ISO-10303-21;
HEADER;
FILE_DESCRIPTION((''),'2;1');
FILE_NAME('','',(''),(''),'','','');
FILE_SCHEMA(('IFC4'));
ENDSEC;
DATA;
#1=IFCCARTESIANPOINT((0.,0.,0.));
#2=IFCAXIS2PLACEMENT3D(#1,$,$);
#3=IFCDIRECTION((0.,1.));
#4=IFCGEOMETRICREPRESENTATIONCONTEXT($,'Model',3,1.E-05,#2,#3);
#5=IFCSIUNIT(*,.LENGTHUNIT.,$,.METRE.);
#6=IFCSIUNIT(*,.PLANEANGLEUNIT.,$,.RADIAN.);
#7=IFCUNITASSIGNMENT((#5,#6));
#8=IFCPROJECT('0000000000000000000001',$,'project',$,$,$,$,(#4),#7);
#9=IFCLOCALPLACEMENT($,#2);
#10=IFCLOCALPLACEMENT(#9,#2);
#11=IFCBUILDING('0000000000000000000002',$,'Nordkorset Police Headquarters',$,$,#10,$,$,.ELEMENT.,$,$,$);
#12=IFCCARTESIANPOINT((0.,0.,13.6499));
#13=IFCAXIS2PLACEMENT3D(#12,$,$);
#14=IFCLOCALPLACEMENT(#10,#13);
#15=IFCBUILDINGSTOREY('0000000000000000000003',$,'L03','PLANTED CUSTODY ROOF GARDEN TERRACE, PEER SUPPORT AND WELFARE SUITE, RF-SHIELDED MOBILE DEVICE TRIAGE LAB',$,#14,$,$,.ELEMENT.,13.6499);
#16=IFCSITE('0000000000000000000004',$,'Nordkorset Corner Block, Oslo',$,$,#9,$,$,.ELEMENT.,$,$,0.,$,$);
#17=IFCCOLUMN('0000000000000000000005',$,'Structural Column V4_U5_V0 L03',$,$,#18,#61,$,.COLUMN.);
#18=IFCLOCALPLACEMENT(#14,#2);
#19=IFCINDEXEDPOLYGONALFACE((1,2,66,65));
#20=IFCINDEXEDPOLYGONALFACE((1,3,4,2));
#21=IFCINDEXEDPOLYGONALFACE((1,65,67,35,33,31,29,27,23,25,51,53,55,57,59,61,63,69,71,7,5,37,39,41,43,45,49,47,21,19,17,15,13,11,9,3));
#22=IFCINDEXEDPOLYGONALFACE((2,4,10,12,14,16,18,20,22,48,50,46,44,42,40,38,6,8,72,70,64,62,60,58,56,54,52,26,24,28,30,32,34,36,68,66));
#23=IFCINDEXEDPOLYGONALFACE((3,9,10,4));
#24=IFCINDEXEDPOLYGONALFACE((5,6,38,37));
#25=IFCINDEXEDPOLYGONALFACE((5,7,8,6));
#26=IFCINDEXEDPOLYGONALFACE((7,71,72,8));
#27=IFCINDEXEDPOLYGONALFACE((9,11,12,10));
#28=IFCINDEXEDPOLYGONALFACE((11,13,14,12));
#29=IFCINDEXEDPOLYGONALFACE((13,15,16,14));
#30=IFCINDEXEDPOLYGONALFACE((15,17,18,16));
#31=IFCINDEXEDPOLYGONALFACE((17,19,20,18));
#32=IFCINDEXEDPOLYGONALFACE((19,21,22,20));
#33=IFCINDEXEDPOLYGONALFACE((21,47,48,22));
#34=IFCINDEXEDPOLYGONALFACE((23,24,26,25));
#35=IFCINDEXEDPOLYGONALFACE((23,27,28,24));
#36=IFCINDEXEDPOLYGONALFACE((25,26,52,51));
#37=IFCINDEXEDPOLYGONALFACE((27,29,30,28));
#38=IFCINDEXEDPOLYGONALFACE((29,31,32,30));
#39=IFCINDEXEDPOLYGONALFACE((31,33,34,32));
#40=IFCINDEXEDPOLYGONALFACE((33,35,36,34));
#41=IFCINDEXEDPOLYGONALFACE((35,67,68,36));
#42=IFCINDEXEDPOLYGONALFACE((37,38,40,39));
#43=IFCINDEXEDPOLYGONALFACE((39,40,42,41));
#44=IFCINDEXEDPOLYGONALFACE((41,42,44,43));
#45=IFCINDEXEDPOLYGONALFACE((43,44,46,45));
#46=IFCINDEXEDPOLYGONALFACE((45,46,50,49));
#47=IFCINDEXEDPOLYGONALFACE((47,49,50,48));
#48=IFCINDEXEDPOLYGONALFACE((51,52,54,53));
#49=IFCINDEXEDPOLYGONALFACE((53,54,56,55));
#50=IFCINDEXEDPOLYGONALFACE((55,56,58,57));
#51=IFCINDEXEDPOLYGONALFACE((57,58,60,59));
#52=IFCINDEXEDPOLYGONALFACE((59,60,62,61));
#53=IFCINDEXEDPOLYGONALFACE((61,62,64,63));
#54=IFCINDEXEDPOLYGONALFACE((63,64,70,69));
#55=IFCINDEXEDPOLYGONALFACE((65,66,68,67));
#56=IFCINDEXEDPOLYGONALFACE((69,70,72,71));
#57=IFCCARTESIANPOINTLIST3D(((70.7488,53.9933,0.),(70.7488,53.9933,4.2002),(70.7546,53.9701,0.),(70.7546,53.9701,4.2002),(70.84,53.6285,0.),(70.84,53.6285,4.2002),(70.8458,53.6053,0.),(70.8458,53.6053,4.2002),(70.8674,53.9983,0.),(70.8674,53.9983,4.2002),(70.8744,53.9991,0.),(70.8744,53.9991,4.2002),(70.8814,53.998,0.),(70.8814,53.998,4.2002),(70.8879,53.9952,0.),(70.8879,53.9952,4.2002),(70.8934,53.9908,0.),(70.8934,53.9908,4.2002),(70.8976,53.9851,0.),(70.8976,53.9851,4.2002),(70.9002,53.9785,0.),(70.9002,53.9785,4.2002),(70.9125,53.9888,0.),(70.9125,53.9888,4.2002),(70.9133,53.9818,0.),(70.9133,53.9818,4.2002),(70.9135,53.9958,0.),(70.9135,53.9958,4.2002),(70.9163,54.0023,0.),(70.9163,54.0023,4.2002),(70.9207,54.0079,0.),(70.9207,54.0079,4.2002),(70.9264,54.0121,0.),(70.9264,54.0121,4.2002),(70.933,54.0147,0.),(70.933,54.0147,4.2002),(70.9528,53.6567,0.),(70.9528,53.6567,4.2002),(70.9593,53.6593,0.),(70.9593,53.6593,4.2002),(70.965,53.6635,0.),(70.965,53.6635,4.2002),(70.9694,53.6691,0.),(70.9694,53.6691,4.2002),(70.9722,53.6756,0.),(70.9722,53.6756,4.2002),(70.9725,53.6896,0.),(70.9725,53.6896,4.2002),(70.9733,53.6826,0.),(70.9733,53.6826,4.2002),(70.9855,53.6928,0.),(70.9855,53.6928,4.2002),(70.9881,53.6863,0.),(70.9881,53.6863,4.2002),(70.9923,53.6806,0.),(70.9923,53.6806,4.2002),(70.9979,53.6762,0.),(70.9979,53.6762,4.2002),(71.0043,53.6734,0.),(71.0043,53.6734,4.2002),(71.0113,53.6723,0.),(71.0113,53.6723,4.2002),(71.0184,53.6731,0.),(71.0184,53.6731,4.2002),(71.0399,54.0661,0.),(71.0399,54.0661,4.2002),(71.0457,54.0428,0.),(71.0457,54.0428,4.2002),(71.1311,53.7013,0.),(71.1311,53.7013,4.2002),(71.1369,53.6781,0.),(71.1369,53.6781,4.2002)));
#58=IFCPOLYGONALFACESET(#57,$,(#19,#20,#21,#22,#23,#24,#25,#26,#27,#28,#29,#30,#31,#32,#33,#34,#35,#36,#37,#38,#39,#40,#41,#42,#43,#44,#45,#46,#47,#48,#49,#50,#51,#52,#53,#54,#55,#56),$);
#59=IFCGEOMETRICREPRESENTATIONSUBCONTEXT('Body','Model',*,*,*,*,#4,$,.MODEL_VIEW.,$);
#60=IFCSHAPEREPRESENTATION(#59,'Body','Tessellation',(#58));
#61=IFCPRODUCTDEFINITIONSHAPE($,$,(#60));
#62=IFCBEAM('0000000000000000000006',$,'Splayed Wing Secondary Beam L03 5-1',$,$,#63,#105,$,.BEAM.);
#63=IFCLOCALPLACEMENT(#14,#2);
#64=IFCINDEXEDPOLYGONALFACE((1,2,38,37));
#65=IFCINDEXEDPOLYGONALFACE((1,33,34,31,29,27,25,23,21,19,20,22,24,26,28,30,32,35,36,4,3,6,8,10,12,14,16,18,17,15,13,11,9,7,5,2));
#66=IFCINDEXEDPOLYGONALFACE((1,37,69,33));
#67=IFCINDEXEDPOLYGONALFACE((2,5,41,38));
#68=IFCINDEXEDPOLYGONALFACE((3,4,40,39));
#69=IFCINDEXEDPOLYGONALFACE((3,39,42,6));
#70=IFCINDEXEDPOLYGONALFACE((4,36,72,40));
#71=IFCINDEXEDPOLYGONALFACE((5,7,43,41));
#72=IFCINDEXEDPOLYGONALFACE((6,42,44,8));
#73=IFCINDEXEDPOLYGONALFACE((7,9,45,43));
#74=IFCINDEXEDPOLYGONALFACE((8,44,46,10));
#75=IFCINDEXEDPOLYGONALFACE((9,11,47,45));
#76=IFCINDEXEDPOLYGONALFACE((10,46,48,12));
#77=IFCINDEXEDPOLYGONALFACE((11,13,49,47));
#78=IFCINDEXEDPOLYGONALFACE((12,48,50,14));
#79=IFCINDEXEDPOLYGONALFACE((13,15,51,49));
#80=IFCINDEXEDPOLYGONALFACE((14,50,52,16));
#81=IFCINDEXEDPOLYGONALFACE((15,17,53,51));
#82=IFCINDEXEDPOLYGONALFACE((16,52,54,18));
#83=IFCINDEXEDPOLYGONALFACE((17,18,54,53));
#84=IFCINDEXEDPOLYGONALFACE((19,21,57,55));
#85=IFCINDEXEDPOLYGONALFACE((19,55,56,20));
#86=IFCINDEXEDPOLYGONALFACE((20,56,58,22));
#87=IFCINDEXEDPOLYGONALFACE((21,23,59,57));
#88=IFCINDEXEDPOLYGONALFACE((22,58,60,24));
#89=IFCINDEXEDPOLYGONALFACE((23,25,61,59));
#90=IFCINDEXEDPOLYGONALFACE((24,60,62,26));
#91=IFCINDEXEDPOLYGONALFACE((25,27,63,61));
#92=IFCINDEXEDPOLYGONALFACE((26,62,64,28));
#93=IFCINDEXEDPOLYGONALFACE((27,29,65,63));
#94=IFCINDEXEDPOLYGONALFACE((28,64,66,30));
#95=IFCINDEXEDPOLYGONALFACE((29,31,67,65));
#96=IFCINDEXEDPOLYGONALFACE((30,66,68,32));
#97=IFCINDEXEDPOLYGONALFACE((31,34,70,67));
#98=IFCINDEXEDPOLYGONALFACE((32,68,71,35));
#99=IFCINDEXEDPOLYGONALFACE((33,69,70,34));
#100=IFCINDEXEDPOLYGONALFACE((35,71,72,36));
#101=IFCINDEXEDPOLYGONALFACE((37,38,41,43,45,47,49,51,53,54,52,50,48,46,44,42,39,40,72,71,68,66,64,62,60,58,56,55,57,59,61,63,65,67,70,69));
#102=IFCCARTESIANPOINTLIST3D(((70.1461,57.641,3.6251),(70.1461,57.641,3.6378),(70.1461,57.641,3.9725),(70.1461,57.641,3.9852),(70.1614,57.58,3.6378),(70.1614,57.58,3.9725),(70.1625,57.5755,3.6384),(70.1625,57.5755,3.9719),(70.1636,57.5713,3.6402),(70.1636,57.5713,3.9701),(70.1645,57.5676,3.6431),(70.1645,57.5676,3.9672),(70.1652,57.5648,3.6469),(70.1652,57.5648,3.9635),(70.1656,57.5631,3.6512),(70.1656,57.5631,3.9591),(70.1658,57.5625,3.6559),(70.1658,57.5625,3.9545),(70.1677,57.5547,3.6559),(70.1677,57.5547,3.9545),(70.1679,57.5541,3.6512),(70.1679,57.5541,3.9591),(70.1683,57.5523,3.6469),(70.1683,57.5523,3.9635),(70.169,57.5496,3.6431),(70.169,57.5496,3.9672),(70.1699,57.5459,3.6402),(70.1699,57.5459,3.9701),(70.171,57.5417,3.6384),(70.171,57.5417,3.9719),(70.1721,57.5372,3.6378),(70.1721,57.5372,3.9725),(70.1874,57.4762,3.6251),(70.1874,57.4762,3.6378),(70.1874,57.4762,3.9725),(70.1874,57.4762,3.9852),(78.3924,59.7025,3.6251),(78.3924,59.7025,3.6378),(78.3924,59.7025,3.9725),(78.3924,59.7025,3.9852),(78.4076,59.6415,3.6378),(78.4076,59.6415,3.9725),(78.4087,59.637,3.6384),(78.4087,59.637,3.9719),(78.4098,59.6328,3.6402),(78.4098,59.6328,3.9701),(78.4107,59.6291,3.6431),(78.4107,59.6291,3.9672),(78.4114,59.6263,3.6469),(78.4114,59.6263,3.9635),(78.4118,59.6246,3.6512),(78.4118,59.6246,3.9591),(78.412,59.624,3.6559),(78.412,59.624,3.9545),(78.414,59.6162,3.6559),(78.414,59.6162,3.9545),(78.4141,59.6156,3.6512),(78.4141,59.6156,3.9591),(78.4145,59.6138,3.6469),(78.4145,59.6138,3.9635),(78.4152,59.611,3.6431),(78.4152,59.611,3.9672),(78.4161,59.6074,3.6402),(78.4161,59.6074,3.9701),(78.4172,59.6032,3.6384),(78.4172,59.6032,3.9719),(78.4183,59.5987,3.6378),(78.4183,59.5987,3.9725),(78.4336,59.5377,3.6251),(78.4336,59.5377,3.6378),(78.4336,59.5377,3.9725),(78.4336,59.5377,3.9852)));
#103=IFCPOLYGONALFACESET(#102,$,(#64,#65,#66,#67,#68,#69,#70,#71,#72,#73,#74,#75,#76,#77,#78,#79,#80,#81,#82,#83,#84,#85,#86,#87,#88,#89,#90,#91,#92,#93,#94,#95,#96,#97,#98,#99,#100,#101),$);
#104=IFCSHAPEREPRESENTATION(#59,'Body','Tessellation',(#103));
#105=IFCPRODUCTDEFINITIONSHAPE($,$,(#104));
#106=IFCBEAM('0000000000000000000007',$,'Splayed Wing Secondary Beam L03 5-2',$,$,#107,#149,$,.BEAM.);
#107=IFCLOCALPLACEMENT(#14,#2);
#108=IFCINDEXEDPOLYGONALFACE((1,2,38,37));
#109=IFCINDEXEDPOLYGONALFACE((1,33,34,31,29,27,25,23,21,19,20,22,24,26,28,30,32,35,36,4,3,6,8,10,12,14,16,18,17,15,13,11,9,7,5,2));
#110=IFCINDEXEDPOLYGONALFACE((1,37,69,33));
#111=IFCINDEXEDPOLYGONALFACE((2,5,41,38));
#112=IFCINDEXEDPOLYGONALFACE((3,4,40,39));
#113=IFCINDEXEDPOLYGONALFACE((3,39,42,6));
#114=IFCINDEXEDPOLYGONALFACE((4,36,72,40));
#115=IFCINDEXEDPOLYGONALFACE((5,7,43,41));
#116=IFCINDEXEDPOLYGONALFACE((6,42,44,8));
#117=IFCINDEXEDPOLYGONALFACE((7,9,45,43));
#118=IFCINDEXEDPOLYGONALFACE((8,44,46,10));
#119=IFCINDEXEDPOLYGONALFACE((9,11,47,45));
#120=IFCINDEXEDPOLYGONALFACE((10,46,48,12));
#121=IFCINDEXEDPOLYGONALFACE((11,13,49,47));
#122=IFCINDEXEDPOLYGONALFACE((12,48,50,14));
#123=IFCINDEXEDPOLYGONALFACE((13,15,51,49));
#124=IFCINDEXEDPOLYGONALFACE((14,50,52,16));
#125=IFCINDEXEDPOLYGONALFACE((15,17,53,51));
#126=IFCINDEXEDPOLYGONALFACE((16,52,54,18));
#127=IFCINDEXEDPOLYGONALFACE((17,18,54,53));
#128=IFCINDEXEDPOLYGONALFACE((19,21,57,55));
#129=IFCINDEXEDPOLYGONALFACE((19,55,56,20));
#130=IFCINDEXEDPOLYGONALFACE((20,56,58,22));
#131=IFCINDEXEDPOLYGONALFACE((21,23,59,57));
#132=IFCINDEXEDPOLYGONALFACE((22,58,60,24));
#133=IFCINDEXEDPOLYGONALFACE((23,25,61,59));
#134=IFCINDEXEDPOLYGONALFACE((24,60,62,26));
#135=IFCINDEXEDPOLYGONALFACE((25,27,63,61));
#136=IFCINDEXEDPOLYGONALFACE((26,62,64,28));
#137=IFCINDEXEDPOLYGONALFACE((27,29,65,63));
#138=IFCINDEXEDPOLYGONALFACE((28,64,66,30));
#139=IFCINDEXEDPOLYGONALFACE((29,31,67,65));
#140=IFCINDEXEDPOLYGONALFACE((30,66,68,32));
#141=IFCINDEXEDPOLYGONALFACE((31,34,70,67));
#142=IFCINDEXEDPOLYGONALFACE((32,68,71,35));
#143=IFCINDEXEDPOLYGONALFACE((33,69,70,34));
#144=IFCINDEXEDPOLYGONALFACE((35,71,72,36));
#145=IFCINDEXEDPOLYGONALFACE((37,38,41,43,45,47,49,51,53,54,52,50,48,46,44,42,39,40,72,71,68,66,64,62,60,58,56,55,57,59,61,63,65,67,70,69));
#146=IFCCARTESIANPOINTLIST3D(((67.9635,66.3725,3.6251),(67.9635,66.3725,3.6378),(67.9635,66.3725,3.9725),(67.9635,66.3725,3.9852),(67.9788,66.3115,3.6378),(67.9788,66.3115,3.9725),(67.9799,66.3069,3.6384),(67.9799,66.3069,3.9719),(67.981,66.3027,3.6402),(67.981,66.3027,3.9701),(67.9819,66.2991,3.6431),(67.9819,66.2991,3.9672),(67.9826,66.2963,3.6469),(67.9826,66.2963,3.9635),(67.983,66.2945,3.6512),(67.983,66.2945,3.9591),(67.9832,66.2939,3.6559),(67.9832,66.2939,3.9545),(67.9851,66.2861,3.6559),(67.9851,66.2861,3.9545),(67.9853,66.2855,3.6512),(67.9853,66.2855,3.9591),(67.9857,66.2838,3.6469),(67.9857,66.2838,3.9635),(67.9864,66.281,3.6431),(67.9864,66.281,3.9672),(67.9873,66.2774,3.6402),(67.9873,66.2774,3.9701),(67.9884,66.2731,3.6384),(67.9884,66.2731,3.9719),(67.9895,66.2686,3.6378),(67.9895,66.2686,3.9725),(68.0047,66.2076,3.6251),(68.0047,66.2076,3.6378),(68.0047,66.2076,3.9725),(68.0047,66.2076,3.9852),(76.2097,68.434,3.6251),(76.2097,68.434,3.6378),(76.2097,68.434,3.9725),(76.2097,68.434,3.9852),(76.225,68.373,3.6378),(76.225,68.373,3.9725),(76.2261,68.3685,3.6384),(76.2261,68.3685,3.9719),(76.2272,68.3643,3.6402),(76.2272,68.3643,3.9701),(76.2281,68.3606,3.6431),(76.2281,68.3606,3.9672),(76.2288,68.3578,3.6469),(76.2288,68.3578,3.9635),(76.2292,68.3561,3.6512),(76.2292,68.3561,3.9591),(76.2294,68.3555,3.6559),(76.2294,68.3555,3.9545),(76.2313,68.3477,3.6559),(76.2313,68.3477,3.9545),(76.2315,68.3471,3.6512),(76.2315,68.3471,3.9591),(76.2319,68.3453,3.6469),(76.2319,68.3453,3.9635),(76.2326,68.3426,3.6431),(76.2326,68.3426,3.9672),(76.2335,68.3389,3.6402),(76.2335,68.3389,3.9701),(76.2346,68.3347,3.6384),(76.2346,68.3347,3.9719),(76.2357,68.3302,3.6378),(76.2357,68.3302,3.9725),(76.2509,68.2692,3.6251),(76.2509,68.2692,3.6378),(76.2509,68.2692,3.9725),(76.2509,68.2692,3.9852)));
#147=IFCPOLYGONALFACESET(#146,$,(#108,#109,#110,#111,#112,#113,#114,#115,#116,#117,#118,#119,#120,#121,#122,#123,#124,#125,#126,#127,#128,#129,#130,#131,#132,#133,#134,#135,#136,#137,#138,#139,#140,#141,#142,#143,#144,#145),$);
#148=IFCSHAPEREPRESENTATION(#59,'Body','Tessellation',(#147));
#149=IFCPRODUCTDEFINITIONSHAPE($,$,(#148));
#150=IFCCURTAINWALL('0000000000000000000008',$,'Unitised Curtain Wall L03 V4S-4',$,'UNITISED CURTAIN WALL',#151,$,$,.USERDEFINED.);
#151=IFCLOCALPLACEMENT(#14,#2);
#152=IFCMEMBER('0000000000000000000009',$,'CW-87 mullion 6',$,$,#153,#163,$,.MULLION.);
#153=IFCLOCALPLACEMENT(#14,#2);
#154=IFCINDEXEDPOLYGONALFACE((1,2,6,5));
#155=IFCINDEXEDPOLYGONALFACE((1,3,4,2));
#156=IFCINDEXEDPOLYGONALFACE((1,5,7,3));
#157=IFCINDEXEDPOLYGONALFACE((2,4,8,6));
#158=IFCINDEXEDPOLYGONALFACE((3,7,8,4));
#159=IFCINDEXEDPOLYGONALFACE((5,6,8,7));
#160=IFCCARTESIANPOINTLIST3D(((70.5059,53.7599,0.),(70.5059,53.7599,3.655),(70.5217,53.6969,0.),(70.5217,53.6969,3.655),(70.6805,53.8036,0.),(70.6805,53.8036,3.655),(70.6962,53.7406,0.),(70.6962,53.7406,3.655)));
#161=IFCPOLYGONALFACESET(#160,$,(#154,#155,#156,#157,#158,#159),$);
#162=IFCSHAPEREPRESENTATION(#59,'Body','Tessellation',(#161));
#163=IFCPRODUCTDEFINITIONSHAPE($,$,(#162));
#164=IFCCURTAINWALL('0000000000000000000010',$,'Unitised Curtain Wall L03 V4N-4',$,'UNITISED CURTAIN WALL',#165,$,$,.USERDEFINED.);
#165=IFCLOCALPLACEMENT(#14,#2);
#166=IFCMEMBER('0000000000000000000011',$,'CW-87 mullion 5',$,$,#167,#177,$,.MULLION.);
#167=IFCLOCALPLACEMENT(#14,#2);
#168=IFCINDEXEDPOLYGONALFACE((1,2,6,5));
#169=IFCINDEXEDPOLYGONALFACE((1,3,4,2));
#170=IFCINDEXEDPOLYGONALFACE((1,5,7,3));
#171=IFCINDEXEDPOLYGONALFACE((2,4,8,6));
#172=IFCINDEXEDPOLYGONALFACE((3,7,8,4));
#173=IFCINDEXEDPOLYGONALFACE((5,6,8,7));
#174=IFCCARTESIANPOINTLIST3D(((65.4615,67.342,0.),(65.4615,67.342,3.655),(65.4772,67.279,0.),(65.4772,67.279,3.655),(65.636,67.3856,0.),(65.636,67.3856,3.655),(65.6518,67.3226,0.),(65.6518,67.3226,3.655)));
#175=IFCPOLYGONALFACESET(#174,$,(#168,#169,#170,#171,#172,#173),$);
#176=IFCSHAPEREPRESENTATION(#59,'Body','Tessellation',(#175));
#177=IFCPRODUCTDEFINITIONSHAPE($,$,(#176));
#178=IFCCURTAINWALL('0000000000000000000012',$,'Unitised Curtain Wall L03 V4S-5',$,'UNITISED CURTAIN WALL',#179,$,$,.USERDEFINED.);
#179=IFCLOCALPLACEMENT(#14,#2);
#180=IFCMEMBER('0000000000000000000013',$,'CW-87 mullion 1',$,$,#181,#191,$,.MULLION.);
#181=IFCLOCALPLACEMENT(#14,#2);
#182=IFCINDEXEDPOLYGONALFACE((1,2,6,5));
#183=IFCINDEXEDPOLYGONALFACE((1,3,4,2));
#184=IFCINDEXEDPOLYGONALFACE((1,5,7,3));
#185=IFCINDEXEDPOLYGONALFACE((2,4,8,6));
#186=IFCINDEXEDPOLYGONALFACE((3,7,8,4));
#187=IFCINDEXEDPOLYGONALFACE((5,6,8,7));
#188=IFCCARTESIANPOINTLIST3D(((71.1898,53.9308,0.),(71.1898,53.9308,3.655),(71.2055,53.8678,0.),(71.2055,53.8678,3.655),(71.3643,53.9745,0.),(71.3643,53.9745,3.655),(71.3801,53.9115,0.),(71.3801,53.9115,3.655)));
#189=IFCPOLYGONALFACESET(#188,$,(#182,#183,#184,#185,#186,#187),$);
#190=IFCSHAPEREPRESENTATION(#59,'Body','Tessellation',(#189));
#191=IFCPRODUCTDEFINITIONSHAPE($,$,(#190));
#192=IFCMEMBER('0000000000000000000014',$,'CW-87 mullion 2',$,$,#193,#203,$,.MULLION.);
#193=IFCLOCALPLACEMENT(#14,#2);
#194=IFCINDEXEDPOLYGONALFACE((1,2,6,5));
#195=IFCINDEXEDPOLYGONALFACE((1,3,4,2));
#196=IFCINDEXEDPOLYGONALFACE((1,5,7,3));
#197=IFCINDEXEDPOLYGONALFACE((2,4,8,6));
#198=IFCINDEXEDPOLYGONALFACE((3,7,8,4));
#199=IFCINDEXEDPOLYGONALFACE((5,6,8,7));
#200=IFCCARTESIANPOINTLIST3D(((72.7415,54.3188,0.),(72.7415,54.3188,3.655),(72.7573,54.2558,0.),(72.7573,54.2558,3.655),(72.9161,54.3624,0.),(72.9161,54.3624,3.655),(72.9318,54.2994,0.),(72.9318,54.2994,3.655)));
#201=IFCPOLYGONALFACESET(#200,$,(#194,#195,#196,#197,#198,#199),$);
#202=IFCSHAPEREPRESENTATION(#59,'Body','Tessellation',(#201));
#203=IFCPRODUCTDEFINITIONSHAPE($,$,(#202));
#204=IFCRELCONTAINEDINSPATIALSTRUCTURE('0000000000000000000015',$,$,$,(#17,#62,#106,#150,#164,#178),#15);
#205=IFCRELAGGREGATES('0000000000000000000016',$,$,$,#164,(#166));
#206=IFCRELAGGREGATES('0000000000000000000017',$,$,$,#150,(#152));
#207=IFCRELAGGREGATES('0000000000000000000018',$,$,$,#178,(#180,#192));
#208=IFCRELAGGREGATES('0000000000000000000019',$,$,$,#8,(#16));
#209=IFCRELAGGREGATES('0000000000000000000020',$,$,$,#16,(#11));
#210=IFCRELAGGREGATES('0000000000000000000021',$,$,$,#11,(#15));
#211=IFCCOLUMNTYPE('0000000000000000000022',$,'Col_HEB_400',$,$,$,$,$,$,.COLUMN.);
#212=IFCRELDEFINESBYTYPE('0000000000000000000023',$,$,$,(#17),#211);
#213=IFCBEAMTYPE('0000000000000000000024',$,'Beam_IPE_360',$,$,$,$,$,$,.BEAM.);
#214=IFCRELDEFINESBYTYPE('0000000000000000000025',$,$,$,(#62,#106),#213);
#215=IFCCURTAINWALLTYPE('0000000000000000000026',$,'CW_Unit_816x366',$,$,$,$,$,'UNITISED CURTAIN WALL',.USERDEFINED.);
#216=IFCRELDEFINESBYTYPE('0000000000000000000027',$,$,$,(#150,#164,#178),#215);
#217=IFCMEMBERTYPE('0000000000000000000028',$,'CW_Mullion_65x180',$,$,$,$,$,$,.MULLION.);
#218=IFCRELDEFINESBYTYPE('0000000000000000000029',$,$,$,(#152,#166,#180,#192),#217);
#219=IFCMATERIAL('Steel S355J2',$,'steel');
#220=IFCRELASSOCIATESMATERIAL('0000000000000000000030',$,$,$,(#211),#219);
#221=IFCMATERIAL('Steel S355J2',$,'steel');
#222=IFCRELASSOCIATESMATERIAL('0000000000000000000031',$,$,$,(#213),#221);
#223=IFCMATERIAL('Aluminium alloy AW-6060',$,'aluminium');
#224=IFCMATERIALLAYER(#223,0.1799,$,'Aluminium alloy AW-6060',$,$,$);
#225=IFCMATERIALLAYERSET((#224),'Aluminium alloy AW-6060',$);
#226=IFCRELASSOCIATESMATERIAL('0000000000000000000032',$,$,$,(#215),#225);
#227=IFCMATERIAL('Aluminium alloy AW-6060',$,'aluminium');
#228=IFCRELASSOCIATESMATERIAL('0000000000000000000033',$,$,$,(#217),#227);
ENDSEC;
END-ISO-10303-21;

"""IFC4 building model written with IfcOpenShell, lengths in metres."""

from ifc_helpers import new_model, si_unit, direction, frame, origin, origin_2d, place, context, subcontext, project, spatial, rectangle, i_section, extrude, material, layer, layer_set, material_profile, profile_set, type_object, element, aggregate, save


model = new_model("IFC4")

# Units and contexts
model_context = context("Model", 3, precision=1e-05, world=origin(), true_north=direction((0.0, 1.0)))
body_context = subcontext(model_context, "Body", "Model", "MODEL_VIEW")
ifc_project = project(units=[si_unit("LENGTHUNIT", "METRE"), si_unit("PLANEANGLEUNIT", "RADIAN")], contexts=[model_context])

# Site, building, storey
site_placement = place(None, origin())
site = spatial("IfcSite", under=ifc_project, at=site_placement, Name="Nordkorset Corner Block, Oslo", CompositionType="ELEMENT", RefElevation=0.0)
building_placement = place(site_placement, origin())
building = spatial("IfcBuilding", under=site, at=building_placement, Name="Nordkorset Police Headquarters", CompositionType="ELEMENT")
storey_placement = place(building_placement, frame((0.0, 0.0, 13.6499)))
storey = spatial("IfcBuildingStorey", under=building, at=storey_placement, Name="L03", Description="PLANTED CUSTODY ROOF GARDEN TERRACE, PEER SUPPORT AND WELFARE SUITE, RF-SHIELDED MOBILE DEVICE TRIAGE LAB", CompositionType="ELEMENT", Elevation=13.6499)

# Column
ifc_material_1 = material(Name="Steel S355J2", Category="steel")
ifc_material_profile_1 = material_profile(ifc_material_1, i_section(OverallWidth=0.3, OverallDepth=0.3999, WebThickness=0.0134, FlangeThickness=0.0239, FilletRadius=0.0271, at=origin_2d()), Name="HEB 400")
ifc_profile_set_1 = profile_set([ifc_material_profile_1], Name="Steel S355J2")
column_type = type_object("IfcColumnType", Name="Col_HEB_400", PredefinedType="COLUMN", material=ifc_profile_set_1)
column_placement = place(storey_placement, frame((70.9429, 53.8357, 0.0), z_axis=(0.0, 0.0, 1.0), x_axis=(0.970143, 0.242536, 0.0)))
element("IfcColumn", 1, at=column_placement, inside=storey, type_object=column_type, Name="Structural Column V4_U5_V0 L03", PredefinedType="COLUMN", context=body_context, shape_type="SweptSolid", body=[
    extrude(i_section(OverallWidth=0.3, OverallDepth=0.3999, WebThickness=0.0134, FlangeThickness=0.0239, FilletRadius=0.0271, at=origin_2d()), origin(), (0.0, 0.0, 1.0), 4.2002),
])

# Beams
ifc_material_2 = material(Name="Steel S355J2", Category="steel")
ifc_material_profile_2 = material_profile(ifc_material_2, i_section(OverallWidth=0.1699, OverallDepth=0.3601, WebThickness=0.0081, FlangeThickness=0.0127, FilletRadius=0.0181, at=origin_2d()), Name="IPE 360")
ifc_profile_set_2 = profile_set([ifc_material_profile_2], Name="Steel S355J2")
beam_type_1 = type_object("IfcBeamType", Name="Beam_IPE_360", PredefinedType="BEAM", material=ifc_profile_set_2)
for number, where, z_axis, x_axis, name in (
    (2, (70.1667, 57.5586, 3.8052), (0.970144, 0.242529, 0.0), (-0.242529, 0.970144, 0.0), "Splayed Wing Secondary Beam L03 5-1"),
    (3, (67.9841, 66.29, 3.8052), (0.970143, 0.242536, 0.0), (-0.242536, 0.970143, 0.0), "Splayed Wing Secondary Beam L03 5-2"),
):
    element("IfcBeam", number, at=place(storey_placement, frame(where, z_axis=z_axis, x_axis=x_axis)), inside=storey, type_object=beam_type_1, Name=name, PredefinedType="BEAM", context=body_context, shape_type="SweptSolid", body=[
        extrude(i_section(OverallWidth=0.1699, OverallDepth=0.3601, WebThickness=0.0081, FlangeThickness=0.0127, FilletRadius=0.0181, at=origin_2d()), origin(), (0.0, 0.0, 1.0), 8.5),
    ])

# Curtain walls, members
ifc_material_3 = material(Name="Aluminium alloy AW-6060", Category="aluminium")
ifc_layer_1 = layer(ifc_material_3, 0.1799, Name="Aluminium alloy AW-6060")
ifc_layer_set_1 = layer_set([ifc_layer_1], Name="Aluminium alloy AW-6060")
curtain_wall_type = type_object("IfcCurtainWallType", Name="CW_Unit_816x366", ElementType="UNITISED CURTAIN WALL", PredefinedType="USERDEFINED", material=ifc_layer_set_1)
curtain_wall_1_placement = place(storey_placement, origin())
curtain_wall_1 = element("IfcCurtainWall", 4, at=curtain_wall_1_placement, inside=storey, type_object=curtain_wall_type, Name="Unitised Curtain Wall L03 V4S-4", ObjectType="UNITISED CURTAIN WALL", PredefinedType="USERDEFINED")
ifc_material_4 = material(Name="Aluminium alloy AW-6060", Category="aluminium")
ifc_material_profile_3 = material_profile(ifc_material_4, rectangle(XDim=0.0649, YDim=0.1799, at=origin_2d()), Name="ALU MULL 65x180")
ifc_profile_set_3 = profile_set([ifc_material_profile_3], Name="Aluminium alloy AW-6060")
member_type_1 = type_object("IfcMemberType", Name="CW_Mullion_65x180", PredefinedType="MULLION", material=ifc_profile_set_3)
member_1_placement = place(storey_placement, frame((70.6011, 53.7502, 0.0), z_axis=(0.0, 0.0, 1.0), x_axis=(-0.242536, 0.970143, 0.0)))
member_1 = element("IfcMember", 5, at=member_1_placement, type_object=member_type_1, Name="CW-87 mullion 6", PredefinedType="MULLION", context=body_context, shape_type="SweptSolid", body=[
    extrude(rectangle(XDim=0.0649, YDim=0.1799, at=origin_2d()), origin(), (0.0, 0.0, 1.0), 3.655),
])
curtain_wall_2_placement = place(storey_placement, origin())
curtain_wall_2 = element("IfcCurtainWall", 6, at=curtain_wall_2_placement, inside=storey, type_object=curtain_wall_type, Name="Unitised Curtain Wall L03 V4N-4", ObjectType="UNITISED CURTAIN WALL", PredefinedType="USERDEFINED")
member_2_placement = place(storey_placement, frame((65.5566, 67.3323, 0.0), z_axis=(0.0, 0.0, 1.0), x_axis=(-0.242535, 0.970143, 0.0)))
member_2 = element("IfcMember", 7, at=member_2_placement, type_object=member_type_1, Name="CW-87 mullion 5", PredefinedType="MULLION", context=body_context, shape_type="SweptSolid", body=[
    extrude(rectangle(XDim=0.0649, YDim=0.1799, at=origin_2d()), origin(), (0.0, 0.0, 1.0), 3.655),
])

# Curtain wall, members
curtain_wall_3_placement = place(storey_placement, origin())
curtain_wall_3 = element("IfcCurtainWall", 8, at=curtain_wall_3_placement, inside=storey, type_object=curtain_wall_type, Name="Unitised Curtain Wall L03 V4S-5", ObjectType="UNITISED CURTAIN WALL", PredefinedType="USERDEFINED")
member_3_placement = place(storey_placement, frame((71.2849, 53.9211, 0.0), z_axis=(0.0, 0.0, 1.0), x_axis=(-0.242536, 0.970143, 0.0)))
member_3 = element("IfcMember", 9, at=member_3_placement, type_object=member_type_1, Name="CW-87 mullion 1", PredefinedType="MULLION", context=body_context, shape_type="SweptSolid", body=[
    extrude(rectangle(XDim=0.0649, YDim=0.1799, at=origin_2d()), origin(), (0.0, 0.0, 1.0), 3.655),
])
member_4_placement = place(storey_placement, frame((72.8367, 54.3091, 0.0), z_axis=(0.0, 0.0, 1.0), x_axis=(-0.242536, 0.970143, 0.0)))
member_4 = element("IfcMember", 10, at=member_4_placement, type_object=member_type_1, Name="CW-87 mullion 2", PredefinedType="MULLION", context=body_context, shape_type="SweptSolid", body=[
    extrude(rectangle(XDim=0.0649, YDim=0.1799, at=origin_2d()), origin(), (0.0, 0.0, 1.0), 3.655),
])

aggregate(curtain_wall_2, [member_2])

aggregate(curtain_wall_1, [member_1])
aggregate(curtain_wall_3, [member_3, member_4])

save(model, "model.ifc")
